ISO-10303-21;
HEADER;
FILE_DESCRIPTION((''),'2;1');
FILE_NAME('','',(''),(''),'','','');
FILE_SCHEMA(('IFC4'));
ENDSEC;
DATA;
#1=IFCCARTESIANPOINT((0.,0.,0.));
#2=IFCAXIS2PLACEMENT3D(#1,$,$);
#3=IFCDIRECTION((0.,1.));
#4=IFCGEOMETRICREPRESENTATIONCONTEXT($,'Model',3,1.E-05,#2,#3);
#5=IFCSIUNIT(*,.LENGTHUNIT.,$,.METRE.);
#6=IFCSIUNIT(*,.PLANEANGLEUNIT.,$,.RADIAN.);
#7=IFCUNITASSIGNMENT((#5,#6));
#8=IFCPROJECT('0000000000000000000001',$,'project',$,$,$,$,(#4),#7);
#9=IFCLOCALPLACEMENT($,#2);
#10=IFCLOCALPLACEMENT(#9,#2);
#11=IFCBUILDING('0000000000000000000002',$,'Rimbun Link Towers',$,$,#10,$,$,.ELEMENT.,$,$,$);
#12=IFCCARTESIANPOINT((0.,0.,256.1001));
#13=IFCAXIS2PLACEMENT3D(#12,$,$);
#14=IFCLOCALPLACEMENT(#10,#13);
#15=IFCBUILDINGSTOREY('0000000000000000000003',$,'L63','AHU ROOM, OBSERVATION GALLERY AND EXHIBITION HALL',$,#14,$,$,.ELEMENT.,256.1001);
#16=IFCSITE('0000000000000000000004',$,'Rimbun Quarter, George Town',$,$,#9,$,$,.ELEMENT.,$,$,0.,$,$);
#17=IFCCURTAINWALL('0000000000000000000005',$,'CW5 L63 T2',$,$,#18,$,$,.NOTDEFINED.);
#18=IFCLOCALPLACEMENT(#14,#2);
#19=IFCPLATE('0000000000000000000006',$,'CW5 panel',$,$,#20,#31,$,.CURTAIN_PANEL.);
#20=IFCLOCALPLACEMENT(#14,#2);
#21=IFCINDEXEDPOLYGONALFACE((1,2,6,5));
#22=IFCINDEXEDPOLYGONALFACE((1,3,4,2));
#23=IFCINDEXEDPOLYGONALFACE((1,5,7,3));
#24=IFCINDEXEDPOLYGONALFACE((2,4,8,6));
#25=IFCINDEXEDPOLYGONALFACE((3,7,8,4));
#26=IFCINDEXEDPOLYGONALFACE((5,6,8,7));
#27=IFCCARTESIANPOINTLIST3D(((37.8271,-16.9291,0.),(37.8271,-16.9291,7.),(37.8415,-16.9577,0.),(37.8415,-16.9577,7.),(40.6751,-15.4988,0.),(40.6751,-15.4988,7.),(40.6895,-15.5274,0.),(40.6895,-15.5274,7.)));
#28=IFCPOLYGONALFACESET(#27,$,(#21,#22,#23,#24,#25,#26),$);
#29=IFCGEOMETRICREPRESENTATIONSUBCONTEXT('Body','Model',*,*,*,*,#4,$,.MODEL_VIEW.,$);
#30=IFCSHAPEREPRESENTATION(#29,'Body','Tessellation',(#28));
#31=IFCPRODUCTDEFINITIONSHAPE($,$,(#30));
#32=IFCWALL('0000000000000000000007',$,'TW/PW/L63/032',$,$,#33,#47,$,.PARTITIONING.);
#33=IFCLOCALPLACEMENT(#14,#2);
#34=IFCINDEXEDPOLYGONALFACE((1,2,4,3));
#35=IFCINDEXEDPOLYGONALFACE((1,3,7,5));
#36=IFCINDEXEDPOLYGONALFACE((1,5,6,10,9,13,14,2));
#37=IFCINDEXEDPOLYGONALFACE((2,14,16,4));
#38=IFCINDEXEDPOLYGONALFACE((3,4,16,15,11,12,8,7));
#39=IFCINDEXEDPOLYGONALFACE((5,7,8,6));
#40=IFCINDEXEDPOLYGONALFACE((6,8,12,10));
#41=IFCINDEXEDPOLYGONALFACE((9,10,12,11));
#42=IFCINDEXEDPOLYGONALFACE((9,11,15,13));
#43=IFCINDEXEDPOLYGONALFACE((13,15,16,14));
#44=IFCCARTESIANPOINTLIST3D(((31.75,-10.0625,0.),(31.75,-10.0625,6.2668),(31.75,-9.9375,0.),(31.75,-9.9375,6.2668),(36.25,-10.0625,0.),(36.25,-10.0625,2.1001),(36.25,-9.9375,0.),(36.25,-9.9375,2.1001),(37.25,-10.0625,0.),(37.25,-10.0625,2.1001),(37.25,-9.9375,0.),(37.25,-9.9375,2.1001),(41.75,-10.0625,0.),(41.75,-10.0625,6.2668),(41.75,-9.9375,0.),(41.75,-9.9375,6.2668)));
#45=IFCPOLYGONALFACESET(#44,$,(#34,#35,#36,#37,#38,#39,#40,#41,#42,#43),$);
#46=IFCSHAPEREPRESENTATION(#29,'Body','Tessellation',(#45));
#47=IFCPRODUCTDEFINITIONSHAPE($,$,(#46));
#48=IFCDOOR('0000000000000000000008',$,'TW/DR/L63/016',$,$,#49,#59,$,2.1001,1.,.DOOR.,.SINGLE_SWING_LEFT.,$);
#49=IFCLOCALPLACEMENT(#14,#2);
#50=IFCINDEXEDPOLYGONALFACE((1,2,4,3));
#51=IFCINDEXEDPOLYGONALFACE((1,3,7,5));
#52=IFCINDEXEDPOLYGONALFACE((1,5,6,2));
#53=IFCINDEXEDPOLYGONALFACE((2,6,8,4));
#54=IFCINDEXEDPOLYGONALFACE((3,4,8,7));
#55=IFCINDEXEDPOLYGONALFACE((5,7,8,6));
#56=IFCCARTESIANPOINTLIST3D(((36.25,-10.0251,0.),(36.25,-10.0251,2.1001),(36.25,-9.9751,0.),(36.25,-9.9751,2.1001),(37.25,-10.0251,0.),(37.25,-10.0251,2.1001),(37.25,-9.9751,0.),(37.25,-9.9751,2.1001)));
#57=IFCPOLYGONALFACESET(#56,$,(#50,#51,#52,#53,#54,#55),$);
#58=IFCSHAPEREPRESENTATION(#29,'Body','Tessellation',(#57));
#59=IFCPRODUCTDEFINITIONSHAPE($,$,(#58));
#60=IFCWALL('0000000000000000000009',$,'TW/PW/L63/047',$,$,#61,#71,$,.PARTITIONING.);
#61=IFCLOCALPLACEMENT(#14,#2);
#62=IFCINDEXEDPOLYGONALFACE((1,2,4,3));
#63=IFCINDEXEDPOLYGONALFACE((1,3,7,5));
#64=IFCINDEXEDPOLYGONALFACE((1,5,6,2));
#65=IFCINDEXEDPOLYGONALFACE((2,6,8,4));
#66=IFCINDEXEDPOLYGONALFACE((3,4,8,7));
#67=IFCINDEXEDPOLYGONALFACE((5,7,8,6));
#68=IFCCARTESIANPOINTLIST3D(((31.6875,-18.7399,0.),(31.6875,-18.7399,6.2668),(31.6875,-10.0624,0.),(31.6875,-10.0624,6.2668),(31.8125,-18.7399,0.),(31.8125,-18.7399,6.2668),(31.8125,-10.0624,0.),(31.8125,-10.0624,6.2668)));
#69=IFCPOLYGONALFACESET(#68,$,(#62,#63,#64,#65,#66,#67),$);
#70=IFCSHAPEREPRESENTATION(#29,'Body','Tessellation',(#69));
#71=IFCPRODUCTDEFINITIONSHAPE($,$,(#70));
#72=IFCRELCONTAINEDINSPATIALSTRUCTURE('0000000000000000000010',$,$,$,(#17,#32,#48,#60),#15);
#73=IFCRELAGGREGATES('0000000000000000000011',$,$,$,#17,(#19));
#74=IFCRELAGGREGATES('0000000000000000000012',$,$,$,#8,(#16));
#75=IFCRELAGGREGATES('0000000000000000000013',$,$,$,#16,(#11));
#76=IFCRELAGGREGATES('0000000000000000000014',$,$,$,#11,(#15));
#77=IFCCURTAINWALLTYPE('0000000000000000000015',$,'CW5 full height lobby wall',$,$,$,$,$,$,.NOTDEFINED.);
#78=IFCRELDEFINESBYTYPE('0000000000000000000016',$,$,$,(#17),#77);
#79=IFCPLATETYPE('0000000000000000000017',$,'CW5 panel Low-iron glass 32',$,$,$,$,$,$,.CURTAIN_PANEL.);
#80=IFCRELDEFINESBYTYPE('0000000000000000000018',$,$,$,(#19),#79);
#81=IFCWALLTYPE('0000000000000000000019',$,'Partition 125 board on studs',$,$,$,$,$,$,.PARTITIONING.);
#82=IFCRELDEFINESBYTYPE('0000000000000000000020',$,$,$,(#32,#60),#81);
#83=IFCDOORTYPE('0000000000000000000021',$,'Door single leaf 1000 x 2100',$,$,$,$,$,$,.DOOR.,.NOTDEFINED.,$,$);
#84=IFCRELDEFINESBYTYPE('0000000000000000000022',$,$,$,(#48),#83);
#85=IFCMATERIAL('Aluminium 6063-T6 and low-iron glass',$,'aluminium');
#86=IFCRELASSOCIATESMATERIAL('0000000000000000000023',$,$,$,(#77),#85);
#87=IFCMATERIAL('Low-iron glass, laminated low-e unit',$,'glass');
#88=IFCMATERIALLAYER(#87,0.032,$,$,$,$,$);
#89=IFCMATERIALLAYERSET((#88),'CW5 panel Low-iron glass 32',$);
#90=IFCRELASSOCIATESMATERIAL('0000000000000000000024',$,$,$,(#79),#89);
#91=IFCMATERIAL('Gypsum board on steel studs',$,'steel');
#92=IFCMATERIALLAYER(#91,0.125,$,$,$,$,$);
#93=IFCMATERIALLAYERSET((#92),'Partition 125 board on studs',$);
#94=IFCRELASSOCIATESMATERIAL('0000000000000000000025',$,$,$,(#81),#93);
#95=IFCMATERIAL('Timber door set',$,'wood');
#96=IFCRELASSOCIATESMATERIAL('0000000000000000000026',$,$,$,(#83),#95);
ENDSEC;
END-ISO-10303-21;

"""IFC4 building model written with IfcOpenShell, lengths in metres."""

from ifc_helpers import new_model, si_unit, direction, frame, frame_2d, origin, origin_2d, place, context, subcontext, project, spatial, rectangle, extrude, material, layer, layer_set, type_object, element, fill, aggregate, save


model = new_model("IFC4")

# Units and contexts
model_context = context("Model", 3, precision=1e-05, world=origin(), true_north=direction((0.0, 1.0)))
body_context = subcontext(model_context, "Body", "Model", "MODEL_VIEW")
ifc_project = project(units=[si_unit("LENGTHUNIT", "METRE"), si_unit("PLANEANGLEUNIT", "RADIAN")], contexts=[model_context])

# Site, building, storey
site_placement = place(None, origin())
site = spatial("IfcSite", under=ifc_project, at=site_placement, Name="Rimbun Quarter, George Town", CompositionType="ELEMENT", RefElevation=0.0)
building_placement = place(site_placement, origin())
building = spatial("IfcBuilding", under=site, at=building_placement, Name="Rimbun Link Towers", CompositionType="ELEMENT")
storey_placement = place(building_placement, frame((0.0, 0.0, 256.1001)))
storey = spatial("IfcBuildingStorey", under=building, at=storey_placement, Name="L63", Description="AHU ROOM, OBSERVATION GALLERY AND EXHIBITION HALL", CompositionType="ELEMENT", Elevation=256.1001)

# Curtain wall
ifc_material_1 = material(Name="Aluminium 6063-T6 and low-iron glass", Category="aluminium")
curtain_wall_type = type_object("IfcCurtainWallType", Name="CW5 full height lobby wall", PredefinedType="NOTDEFINED", material=ifc_material_1)
curtain_wall_placement = place(storey_placement, origin())
curtain_wall = element("IfcCurtainWall", 1, at=curtain_wall_placement, inside=storey, type_object=curtain_wall_type, Name="CW5 L63 T2", PredefinedType="NOTDEFINED")

# Plate
ifc_material_2 = material(Name="Low-iron glass, laminated low-e unit", Category="glass")
ifc_layer_1 = layer(ifc_material_2, 0.032)
ifc_layer_set_1 = layer_set([ifc_layer_1], Name="CW5 panel Low-iron glass 32")
plate_type = type_object("IfcPlateType", Name="CW5 panel Low-iron glass 32", PredefinedType="CURTAIN_PANEL", material=ifc_layer_set_1)
plate_1_placement = place(storey_placement, frame((39.2583, -16.2283, 0.0), z_axis=(0.0, 0.0, 1.0), x_axis=(-0.893639, -0.448787, 0.0)))
plate_1 = element("IfcPlate", 2, at=plate_1_placement, type_object=plate_type, Name="CW5 panel", PredefinedType="CURTAIN_PANEL", context=body_context, shape_type="SweptSolid", body=[
    extrude(rectangle(XDim=3.187, YDim=0.032, at=origin_2d()), origin(), (0.0, 0.0, 1.0), 7.0),
])
aggregate(curtain_wall, [plate_1])

# Wall, opening, door
ifc_material_3 = material(Name="Gypsum board on steel studs", Category="steel")
ifc_layer_2 = layer(ifc_material_3, 0.125)
ifc_layer_set_2 = layer_set([ifc_layer_2], Name="Partition 125 board on studs")
wall_type = type_object("IfcWallType", Name="Partition 125 board on studs", PredefinedType="PARTITIONING", material=ifc_layer_set_2)
wall_1_placement = place(storey_placement, frame((31.75, -10.0, 0.0), z_axis=(0.0, 0.0, 1.0), x_axis=(1.0, 0.0, 0.0)))
wall_1 = element("IfcWall", 3, at=wall_1_placement, inside=storey, type_object=wall_type, Name="TW/PW/L63/032", PredefinedType="PARTITIONING", context=body_context, shape_type="SweptSolid", body=[
    extrude(rectangle(XDim=10.0, YDim=0.125, at=frame_2d((5.0, 0.0))), origin(), (0.0, 0.0, 1.0), 6.2668),
])
opening_placement = place(wall_1_placement, frame((4.5, 0.0, 0.0)))
opening = element("IfcOpeningElement", 4, at=opening_placement, cuts=wall_1, PredefinedType="OPENING", context=body_context, shape_type="SweptSolid", body=[
    extrude(rectangle(XDim=1.0, YDim=2.1001, at=frame_2d((0.5, 1.05))), frame((0.0, 0.0725, 0.0), z_axis=(0.0, -1.0, 0.0), x_axis=(1.0, 0.0, 0.0)), (0.0, 0.0, 1.0), 0.145),
])
ifc_material_4 = material(Name="Timber door set", Category="wood")
door_type = type_object("IfcDoorType", Name="Door single leaf 1000 x 2100", OperationType="NOTDEFINED", PredefinedType="DOOR", material=ifc_material_4)
door_placement = place(opening_placement, origin())
door = element("IfcDoor", 5, at=door_placement, inside=storey, type_object=door_type, Name="TW/DR/L63/016", OperationType="SINGLE_SWING_LEFT", OverallHeight=2.1001, OverallWidth=1.0, PredefinedType="DOOR", context=body_context, shape_type="SweptSolid", body=[
    extrude(rectangle(XDim=1.0, YDim=2.1001, at=frame_2d((0.5, 1.05))), frame((0.0, 0.0249, 0.0), z_axis=(0.0, -1.0, 0.0), x_axis=(1.0, 0.0, 0.0)), (0.0, 0.0, 1.0), 0.05),
])
fill(opening, door)

# Wall
wall_2_placement = place(storey_placement, frame((31.75, -18.74, 0.0), z_axis=(0.0, 0.0, 1.0), x_axis=(0.0, 1.0, 0.0)))
element("IfcWall", 6, at=wall_2_placement, inside=storey, type_object=wall_type, Name="TW/PW/L63/047", PredefinedType="PARTITIONING", context=body_context, shape_type="SweptSolid", body=[
    extrude(rectangle(XDim=8.6775, YDim=0.125, at=frame_2d((4.3389, 0.0))), origin(), (0.0, 0.0, 1.0), 6.2668),
])

save(model, "model.ifc")
